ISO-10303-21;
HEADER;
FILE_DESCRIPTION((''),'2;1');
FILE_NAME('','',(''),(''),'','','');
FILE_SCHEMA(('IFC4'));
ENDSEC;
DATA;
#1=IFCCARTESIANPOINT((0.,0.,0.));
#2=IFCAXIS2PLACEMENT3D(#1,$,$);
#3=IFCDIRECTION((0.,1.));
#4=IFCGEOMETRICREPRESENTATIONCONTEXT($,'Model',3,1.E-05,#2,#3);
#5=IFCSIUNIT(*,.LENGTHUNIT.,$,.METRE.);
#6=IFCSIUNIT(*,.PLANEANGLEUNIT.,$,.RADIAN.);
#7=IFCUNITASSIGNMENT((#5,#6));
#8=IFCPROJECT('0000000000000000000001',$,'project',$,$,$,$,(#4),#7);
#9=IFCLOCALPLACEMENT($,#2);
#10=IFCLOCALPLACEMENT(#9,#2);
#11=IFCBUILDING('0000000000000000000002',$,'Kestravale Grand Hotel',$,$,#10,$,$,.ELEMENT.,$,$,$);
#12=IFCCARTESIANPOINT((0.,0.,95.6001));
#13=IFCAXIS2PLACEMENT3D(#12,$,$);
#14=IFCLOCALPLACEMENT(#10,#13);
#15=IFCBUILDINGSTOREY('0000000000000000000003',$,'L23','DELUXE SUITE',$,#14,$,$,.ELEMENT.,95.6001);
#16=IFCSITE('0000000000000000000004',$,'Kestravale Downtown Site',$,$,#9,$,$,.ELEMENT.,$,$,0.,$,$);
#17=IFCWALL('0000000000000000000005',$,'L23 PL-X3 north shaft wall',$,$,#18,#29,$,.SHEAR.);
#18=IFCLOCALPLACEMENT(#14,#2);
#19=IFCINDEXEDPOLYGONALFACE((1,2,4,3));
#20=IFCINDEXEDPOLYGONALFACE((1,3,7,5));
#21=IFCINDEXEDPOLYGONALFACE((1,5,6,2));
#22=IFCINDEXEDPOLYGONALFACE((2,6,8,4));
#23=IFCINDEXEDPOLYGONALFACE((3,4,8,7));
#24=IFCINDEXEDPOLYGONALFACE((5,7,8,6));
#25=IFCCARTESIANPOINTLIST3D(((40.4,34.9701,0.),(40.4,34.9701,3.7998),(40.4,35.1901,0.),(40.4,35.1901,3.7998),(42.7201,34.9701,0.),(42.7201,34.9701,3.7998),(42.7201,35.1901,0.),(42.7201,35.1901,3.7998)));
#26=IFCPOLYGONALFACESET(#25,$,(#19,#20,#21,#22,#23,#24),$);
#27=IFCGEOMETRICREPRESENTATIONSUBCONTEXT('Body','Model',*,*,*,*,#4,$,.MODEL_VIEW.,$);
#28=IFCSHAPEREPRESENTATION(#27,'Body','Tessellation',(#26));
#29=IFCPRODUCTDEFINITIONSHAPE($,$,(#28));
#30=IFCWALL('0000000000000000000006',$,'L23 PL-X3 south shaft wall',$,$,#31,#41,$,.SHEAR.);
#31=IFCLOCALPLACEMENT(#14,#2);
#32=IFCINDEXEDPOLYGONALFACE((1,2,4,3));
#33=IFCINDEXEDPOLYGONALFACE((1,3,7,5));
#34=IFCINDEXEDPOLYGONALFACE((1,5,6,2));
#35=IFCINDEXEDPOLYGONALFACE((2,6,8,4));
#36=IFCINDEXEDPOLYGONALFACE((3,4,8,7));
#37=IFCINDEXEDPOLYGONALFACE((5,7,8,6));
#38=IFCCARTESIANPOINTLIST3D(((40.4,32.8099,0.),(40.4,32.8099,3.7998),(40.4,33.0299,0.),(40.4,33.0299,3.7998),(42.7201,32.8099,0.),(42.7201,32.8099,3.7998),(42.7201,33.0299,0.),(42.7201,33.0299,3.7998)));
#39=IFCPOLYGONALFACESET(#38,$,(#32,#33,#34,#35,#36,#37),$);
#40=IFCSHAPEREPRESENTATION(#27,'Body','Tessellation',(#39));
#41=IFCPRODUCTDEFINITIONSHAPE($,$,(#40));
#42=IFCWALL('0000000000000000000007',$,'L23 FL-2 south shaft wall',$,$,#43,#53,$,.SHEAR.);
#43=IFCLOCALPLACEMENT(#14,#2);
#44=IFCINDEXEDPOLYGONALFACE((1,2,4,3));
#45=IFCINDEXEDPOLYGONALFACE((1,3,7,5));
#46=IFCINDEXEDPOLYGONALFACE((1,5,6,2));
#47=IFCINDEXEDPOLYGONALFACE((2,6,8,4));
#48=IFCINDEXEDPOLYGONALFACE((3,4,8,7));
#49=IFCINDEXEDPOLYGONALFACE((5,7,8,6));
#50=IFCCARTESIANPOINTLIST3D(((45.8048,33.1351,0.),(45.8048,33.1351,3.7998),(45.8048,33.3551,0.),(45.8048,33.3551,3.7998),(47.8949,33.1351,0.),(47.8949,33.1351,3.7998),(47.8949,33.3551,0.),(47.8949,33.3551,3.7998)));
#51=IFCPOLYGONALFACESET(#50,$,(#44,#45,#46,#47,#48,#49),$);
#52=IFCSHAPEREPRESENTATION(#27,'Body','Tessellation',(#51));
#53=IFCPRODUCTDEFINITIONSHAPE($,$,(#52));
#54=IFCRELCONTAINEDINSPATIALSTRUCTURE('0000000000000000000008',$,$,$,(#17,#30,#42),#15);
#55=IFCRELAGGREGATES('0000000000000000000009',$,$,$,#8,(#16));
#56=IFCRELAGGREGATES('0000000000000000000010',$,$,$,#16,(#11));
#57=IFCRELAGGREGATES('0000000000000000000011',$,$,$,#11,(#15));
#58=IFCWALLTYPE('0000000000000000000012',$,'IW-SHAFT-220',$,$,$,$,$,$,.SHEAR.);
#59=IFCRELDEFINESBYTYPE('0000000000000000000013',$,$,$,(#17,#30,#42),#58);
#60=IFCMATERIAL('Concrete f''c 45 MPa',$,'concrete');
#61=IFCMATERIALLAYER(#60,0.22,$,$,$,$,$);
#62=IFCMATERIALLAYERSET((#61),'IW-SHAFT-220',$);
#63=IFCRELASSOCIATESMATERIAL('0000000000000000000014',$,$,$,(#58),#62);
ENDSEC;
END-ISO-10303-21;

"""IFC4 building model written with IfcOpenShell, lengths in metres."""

from ifc_helpers import new_model, si_unit, direction, frame, frame_2d, origin, place, context, subcontext, project, spatial, rectangle, extrude, material, layer, layer_set, type_object, element, save


model = new_model("IFC4")

# Units and contexts
model_context = context("Model", 3, precision=1e-05, world=origin(), true_north=direction((0.0, 1.0)))
body_context = subcontext(model_context, "Body", "Model", "MODEL_VIEW")
ifc_project = project(units=[si_unit("LENGTHUNIT", "METRE"), si_unit("PLANEANGLEUNIT", "RADIAN")], contexts=[model_context])

# Site, building, storey
site_placement = place(None, origin())
site = spatial("IfcSite", under=ifc_project, at=site_placement, Name="Kestravale Downtown Site", CompositionType="ELEMENT", RefElevation=0.0)
building_placement = place(site_placement, origin())
building = spatial("IfcBuilding", under=site, at=building_placement, Name="Kestravale Grand Hotel", CompositionType="ELEMENT")
storey_placement = place(building_placement, frame((0.0, 0.0, 95.6001)))
storey = spatial("IfcBuildingStorey", under=building, at=storey_placement, Name="L23", Description="DELUXE SUITE", CompositionType="ELEMENT", Elevation=95.6001)

# Walls
ifc_material_1 = material(Name="Concrete f'c 45 MPa", Category="concrete")
ifc_layer_1 = layer(ifc_material_1, 0.22)
ifc_layer_set_1 = layer_set([ifc_layer_1], Name="IW-SHAFT-220")
wall_type_1 = type_object("IfcWallType", Name="IW-SHAFT-220", PredefinedType="SHEAR", material=ifc_layer_set_1)
for number, where, z_axis, x_axis, name in (
    (1, (40.3999, 35.0801, 0.0), (0.0, 0.0, 1.0), (1.0, 0.0, 0.0), "L23 PL-X3 north shaft wall"),
    (2, (40.3999, 32.9199, 0.0), (0.0, 0.0, 1.0), (1.0, 0.0, 0.0), "L23 PL-X3 south shaft wall"),
):
    element("IfcWall", number, at=place(storey_placement, frame(where, z_axis=z_axis, x_axis=x_axis)), inside=storey, type_object=wall_type_1, Name=name, PredefinedType="SHEAR", context=body_context, shape_type="SweptSolid", body=[
        extrude(rectangle(XDim=2.3201, YDim=0.22, at=frame_2d((1.1602, 0.0))), origin(), (0.0, 0.0, 1.0), 3.7998),
    ])

# Wall
wall_1_placement = place(storey_placement, frame((45.8049, 33.2451, 0.0), z_axis=(0.0, 0.0, 1.0), x_axis=(1.0, 0.0, 0.0)))
element("IfcWall", 3, at=wall_1_placement, inside=storey, type_object=wall_type_1, Name="L23 FL-2 south shaft wall", PredefinedType="SHEAR", context=body_context, shape_type="SweptSolid", body=[
    extrude(rectangle(XDim=2.0901, YDim=0.22, at=frame_2d((1.0449, 0.0))), origin(), (0.0, 0.0, 1.0), 3.7998),
])

save(model, "model.ifc")
